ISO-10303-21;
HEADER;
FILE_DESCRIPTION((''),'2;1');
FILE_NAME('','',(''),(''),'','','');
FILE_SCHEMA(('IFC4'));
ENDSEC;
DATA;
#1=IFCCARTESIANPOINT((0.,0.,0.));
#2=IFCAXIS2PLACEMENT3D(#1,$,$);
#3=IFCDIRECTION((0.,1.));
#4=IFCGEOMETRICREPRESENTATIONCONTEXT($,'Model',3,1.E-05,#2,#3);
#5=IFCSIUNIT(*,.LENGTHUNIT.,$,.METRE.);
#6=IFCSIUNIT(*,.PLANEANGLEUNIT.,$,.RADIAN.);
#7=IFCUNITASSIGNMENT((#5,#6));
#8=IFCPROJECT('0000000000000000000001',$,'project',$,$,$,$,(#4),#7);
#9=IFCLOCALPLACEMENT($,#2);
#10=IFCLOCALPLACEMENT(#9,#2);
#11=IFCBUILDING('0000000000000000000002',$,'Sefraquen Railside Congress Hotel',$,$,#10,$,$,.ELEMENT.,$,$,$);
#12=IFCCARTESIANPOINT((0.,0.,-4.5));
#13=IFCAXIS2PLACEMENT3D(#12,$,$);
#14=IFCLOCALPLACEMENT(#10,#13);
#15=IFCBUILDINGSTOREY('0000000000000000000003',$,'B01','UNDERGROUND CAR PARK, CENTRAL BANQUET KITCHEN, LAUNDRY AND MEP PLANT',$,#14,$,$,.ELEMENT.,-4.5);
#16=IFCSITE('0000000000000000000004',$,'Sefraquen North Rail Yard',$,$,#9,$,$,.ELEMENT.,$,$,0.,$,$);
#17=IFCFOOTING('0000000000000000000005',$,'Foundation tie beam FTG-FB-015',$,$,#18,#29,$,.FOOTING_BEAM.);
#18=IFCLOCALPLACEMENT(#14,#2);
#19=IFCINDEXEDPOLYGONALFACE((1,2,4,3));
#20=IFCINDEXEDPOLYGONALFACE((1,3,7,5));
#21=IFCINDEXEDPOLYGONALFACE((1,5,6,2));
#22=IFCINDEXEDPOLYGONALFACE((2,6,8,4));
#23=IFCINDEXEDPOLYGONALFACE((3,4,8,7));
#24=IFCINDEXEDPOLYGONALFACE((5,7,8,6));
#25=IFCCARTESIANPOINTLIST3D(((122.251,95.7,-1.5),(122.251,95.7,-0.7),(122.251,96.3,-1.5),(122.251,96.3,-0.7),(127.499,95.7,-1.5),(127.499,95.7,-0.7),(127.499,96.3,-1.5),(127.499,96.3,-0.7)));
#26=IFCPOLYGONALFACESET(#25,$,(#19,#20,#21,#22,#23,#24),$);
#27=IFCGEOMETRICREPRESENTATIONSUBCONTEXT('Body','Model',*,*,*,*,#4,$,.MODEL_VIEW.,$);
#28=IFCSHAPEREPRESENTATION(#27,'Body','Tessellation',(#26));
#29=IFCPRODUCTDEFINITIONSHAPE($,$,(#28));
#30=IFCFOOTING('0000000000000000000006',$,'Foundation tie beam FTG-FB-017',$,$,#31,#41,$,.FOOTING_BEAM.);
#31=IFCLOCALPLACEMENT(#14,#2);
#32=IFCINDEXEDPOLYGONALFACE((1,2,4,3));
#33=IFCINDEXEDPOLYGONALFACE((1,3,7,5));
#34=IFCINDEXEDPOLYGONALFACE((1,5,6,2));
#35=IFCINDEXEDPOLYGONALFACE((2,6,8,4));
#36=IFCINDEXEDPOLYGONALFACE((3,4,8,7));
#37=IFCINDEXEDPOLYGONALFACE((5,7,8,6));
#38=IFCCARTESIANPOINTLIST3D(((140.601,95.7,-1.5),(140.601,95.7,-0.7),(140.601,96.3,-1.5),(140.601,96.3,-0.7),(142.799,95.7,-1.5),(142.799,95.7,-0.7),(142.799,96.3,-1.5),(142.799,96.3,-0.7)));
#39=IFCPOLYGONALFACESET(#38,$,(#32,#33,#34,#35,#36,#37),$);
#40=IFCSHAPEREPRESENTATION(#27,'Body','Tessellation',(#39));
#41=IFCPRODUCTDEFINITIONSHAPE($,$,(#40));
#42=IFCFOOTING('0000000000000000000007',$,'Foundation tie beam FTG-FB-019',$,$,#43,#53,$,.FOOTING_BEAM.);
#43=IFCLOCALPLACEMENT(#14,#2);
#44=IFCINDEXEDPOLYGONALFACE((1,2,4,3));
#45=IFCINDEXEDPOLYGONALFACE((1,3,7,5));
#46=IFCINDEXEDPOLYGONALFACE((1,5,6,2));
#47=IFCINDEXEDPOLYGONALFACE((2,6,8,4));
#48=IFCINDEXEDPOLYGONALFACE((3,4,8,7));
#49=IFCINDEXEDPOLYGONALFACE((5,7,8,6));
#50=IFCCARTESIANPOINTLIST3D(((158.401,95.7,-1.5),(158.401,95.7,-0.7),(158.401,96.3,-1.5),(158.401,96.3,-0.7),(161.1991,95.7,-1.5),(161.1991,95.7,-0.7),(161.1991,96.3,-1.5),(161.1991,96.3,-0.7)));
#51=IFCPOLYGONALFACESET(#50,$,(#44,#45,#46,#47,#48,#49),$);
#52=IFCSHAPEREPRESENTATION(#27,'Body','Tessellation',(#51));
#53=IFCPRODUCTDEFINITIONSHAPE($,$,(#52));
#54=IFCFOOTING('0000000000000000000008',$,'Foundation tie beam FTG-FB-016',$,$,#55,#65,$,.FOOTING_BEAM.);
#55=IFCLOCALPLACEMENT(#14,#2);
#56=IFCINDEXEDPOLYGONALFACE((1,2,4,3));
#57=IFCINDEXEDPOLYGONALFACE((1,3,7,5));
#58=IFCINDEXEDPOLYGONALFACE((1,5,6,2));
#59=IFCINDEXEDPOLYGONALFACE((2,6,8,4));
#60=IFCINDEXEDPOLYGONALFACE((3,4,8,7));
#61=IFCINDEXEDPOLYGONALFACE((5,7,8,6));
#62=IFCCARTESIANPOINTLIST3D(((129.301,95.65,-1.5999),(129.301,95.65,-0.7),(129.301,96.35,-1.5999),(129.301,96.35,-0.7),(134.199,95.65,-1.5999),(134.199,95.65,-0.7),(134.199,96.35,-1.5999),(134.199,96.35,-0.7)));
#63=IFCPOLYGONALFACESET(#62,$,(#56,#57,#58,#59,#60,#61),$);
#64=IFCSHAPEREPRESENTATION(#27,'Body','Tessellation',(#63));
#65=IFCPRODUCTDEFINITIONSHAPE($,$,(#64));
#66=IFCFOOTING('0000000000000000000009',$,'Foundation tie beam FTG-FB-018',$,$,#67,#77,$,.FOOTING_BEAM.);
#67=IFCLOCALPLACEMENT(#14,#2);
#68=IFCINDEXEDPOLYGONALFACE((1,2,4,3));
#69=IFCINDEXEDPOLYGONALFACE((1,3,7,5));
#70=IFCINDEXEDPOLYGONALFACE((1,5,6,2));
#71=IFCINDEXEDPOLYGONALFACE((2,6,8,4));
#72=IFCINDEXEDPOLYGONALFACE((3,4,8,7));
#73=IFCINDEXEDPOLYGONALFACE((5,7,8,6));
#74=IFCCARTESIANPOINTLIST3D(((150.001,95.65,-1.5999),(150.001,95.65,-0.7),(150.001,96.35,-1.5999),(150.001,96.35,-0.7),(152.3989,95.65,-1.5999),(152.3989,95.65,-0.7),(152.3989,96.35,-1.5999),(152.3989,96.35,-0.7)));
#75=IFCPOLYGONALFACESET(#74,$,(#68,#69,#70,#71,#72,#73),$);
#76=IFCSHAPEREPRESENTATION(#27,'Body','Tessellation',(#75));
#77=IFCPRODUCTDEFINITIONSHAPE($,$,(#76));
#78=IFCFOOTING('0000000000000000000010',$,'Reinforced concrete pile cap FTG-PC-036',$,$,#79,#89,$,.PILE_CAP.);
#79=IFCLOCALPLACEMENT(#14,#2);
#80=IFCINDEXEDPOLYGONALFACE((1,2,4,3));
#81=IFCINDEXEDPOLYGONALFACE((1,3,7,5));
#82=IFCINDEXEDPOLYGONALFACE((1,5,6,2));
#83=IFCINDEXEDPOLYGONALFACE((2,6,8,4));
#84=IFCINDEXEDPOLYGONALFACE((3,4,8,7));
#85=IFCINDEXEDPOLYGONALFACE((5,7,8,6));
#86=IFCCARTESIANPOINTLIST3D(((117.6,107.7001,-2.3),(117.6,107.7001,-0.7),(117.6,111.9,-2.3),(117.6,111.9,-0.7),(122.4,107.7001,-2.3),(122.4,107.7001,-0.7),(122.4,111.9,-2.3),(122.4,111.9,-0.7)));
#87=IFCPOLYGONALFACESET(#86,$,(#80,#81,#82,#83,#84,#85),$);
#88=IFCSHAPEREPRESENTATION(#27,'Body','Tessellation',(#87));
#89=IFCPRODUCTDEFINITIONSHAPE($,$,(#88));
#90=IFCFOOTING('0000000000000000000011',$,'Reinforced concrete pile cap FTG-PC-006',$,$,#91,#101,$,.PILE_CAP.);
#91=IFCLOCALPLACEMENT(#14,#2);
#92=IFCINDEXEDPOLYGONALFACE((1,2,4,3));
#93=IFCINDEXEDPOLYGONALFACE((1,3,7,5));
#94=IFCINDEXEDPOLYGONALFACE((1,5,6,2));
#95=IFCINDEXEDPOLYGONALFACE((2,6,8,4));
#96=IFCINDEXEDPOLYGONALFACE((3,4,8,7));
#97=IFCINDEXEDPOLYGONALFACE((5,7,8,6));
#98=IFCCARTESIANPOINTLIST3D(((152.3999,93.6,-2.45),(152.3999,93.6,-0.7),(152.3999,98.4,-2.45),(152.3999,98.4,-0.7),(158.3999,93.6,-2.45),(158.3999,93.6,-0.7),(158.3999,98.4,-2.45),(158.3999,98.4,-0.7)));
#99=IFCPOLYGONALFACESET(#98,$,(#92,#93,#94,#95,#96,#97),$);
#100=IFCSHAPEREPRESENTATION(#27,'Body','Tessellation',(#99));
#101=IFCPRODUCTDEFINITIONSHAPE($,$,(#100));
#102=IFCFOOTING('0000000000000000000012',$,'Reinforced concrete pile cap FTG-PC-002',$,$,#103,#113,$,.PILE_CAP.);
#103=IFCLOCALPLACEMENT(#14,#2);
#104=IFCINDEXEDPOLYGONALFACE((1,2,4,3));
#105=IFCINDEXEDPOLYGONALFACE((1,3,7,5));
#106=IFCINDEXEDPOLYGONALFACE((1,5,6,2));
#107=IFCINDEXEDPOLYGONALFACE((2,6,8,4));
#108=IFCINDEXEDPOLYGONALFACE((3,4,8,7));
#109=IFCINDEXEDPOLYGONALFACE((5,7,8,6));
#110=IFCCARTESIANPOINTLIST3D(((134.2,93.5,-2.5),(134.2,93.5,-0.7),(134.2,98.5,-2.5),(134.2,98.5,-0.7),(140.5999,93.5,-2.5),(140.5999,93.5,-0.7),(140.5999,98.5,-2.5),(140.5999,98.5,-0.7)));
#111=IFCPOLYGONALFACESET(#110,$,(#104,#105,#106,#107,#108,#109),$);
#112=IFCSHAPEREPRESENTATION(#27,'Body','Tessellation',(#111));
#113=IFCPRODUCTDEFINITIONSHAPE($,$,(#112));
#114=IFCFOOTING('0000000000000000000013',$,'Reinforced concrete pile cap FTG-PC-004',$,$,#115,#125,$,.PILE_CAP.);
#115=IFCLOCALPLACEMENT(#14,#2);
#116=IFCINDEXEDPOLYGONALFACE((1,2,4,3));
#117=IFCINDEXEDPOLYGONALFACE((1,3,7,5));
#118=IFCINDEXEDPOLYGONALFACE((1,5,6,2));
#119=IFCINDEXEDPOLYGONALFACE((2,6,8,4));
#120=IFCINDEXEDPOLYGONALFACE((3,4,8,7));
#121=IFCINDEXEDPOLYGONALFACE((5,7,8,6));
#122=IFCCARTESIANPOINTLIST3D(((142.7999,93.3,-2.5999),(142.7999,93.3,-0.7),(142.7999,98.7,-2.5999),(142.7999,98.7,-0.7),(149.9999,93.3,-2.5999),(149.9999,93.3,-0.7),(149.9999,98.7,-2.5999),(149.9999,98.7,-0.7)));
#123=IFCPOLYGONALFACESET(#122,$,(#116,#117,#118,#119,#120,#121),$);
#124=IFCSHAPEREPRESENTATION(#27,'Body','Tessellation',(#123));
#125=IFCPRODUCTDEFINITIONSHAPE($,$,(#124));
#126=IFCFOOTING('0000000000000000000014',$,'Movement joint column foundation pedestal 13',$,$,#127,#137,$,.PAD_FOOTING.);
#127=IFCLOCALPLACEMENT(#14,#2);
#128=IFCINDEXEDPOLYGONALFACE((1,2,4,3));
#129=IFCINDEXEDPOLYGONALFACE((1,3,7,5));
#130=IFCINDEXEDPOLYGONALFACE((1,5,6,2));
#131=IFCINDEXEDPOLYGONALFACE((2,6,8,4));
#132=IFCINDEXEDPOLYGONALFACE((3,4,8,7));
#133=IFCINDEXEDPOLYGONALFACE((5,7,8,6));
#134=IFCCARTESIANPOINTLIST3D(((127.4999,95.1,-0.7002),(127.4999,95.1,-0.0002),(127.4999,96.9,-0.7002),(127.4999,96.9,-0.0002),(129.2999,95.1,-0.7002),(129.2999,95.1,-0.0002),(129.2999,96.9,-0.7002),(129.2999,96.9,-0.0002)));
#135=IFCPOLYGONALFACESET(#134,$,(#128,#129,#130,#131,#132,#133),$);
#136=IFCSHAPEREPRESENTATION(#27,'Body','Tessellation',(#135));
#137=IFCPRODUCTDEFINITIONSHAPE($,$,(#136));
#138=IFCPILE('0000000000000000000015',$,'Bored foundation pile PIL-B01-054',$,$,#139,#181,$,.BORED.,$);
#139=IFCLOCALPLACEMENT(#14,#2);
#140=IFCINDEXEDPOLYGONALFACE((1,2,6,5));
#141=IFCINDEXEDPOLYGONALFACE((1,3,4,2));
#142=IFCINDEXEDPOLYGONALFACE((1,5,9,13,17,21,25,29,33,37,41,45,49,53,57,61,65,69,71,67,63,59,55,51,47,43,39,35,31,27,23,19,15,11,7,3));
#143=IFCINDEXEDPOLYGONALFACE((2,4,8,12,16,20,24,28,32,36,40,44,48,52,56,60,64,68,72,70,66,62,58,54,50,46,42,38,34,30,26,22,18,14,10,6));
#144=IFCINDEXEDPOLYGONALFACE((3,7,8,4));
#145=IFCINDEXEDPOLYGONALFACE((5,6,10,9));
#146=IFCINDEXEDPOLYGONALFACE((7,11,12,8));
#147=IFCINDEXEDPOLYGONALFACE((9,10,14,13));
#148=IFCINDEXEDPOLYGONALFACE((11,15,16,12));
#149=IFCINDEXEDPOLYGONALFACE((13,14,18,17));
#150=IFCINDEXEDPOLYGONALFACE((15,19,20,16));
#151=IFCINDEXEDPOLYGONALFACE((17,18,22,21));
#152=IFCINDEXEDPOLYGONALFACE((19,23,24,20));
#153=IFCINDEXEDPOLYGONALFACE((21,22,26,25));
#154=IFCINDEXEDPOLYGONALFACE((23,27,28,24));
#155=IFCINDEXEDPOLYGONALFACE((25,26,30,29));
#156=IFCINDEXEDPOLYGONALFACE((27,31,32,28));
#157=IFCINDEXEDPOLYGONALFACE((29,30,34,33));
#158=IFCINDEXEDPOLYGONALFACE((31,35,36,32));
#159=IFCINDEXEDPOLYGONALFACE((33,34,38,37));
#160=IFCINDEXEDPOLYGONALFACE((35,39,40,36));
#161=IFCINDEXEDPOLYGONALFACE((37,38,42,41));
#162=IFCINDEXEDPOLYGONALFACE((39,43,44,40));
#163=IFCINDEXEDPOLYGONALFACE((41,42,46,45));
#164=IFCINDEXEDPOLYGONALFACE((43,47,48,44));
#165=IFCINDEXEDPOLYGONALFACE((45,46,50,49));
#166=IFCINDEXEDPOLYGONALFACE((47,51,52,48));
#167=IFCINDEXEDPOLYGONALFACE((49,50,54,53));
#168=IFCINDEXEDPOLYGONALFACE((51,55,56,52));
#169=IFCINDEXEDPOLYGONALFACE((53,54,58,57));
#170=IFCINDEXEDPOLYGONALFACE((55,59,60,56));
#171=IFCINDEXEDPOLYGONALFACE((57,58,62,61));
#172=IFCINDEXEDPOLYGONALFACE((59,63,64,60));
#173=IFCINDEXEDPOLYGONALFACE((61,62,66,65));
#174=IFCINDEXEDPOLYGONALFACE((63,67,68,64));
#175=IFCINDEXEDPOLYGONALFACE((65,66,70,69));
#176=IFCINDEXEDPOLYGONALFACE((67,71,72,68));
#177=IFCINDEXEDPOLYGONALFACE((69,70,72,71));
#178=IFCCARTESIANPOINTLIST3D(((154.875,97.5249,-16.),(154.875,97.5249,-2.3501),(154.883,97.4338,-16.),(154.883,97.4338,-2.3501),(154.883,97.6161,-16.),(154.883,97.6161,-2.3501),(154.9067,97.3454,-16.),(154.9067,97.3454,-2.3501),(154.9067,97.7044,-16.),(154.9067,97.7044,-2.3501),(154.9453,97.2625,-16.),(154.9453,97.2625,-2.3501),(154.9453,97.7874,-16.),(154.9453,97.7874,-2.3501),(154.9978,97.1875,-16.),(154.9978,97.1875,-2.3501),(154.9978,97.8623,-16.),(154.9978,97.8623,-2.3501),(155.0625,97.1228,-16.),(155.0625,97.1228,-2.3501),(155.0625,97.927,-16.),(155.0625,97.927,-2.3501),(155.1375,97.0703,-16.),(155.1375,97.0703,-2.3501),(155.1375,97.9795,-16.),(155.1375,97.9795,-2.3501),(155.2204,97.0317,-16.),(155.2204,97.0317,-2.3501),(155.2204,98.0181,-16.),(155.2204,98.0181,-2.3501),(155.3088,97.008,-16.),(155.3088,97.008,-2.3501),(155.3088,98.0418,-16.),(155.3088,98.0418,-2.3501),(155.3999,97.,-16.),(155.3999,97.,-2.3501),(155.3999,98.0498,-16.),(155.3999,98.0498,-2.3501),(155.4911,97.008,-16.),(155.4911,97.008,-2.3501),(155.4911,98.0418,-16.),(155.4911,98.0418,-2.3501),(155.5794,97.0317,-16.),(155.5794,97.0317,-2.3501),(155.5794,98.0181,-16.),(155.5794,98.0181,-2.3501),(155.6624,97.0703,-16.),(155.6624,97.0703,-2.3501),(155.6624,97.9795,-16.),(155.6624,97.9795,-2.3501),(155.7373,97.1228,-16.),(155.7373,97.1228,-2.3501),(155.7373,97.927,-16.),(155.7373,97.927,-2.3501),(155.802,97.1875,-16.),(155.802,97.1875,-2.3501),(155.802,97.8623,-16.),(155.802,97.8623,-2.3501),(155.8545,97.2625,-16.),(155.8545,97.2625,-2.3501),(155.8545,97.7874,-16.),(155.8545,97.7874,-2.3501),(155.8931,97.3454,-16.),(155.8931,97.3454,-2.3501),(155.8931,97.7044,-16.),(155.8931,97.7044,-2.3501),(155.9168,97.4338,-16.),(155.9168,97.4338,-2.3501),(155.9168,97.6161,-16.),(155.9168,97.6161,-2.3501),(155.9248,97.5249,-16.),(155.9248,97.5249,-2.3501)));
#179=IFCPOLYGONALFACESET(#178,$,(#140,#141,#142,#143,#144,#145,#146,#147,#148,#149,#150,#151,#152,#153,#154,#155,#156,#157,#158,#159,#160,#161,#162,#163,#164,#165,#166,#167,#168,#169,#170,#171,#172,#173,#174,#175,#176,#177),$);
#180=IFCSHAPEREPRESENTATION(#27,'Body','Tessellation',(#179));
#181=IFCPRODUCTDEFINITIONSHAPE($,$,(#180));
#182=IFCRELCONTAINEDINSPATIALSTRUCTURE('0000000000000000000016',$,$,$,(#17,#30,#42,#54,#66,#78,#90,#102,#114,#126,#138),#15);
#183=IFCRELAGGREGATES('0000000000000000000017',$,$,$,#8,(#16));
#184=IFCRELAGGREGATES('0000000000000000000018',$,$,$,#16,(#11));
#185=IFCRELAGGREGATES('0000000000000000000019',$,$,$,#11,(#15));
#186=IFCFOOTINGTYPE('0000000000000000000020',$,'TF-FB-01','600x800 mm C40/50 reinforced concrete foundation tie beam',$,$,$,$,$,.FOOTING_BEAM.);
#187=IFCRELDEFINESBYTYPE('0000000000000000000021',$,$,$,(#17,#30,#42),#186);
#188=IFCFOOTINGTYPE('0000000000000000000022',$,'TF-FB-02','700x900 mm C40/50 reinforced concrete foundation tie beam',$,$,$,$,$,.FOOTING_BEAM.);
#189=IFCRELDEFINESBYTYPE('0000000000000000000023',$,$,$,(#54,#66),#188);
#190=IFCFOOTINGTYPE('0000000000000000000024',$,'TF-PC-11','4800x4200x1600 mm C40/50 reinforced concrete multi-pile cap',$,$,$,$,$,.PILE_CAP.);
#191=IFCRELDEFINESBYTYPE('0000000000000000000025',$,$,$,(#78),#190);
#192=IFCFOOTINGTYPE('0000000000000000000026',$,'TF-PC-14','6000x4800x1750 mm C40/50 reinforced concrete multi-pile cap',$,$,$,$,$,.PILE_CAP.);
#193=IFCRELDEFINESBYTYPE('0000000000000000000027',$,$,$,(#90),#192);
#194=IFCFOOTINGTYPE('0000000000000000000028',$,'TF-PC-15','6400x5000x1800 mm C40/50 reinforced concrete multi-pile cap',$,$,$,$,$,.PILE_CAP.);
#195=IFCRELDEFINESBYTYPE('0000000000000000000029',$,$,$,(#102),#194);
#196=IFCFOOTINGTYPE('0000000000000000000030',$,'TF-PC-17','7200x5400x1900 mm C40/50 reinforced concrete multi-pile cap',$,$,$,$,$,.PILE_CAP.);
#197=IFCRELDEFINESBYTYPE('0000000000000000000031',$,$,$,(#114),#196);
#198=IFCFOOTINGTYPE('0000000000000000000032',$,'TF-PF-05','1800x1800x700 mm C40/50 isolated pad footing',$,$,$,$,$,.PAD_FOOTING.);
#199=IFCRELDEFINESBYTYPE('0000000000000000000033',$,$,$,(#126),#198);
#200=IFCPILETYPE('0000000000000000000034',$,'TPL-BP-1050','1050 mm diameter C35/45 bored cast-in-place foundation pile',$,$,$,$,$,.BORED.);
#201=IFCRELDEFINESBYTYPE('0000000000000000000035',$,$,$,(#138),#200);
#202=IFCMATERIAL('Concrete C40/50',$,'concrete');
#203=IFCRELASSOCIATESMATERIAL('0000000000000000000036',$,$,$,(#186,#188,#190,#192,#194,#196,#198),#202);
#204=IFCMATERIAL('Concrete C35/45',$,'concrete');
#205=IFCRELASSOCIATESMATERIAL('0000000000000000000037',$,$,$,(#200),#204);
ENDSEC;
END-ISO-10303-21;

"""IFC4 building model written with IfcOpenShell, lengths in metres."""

from ifc_helpers import new_model, si_unit, direction, frame, origin, origin_2d, place, context, subcontext, project, spatial, rectangle, circle, extrude, material, material_profile, profile_set, type_object, element, save


model = new_model("IFC4")

# Units and contexts
model_context = context("Model", 3, precision=1e-05, world=origin(), true_north=direction((0.0, 1.0)))
body_context = subcontext(model_context, "Body", "Model", "MODEL_VIEW")
ifc_project = project(units=[si_unit("LENGTHUNIT", "METRE"), si_unit("PLANEANGLEUNIT", "RADIAN")], contexts=[model_context])

# Site, building, storey
site_placement = place(None, origin())
site = spatial("IfcSite", under=ifc_project, at=site_placement, Name="Sefraquen North Rail Yard", CompositionType="ELEMENT", RefElevation=0.0)
building_placement = place(site_placement, origin())
building = spatial("IfcBuilding", under=site, at=building_placement, Name="Sefraquen Railside Congress Hotel", CompositionType="ELEMENT")
storey_placement = place(building_placement, frame((0.0, 0.0, -4.5)))
storey = spatial("IfcBuildingStorey", under=building, at=storey_placement, Name="B01", Description="UNDERGROUND CAR PARK, CENTRAL BANQUET KITCHEN, LAUNDRY AND MEP PLANT", CompositionType="ELEMENT", Elevation=-4.5)

# Footings
ifc_material_1 = material(Name="Concrete C40/50", Category="concrete")
footing_type_1 = type_object("IfcFootingType", Name="TF-FB-01", Description="600x800 mm C40/50 reinforced concrete foundation tie beam", PredefinedType="FOOTING_BEAM", material=ifc_material_1)
footing_1_placement = place(storey_placement, frame((124.875, 96.0, -1.5), z_axis=(0.0, 0.0, 1.0), x_axis=(1.0, 0.0, 0.0)))
element("IfcFooting", 1, at=footing_1_placement, inside=storey, type_object=footing_type_1, Name="Foundation tie beam FTG-FB-015", PredefinedType="FOOTING_BEAM", context=body_context, shape_type="SweptSolid", body=[
    extrude(rectangle(XDim=5.248, YDim=0.6001, at=origin_2d()), origin(), (0.0, 0.0, 1.0), 0.8),
])
footing_2_placement = place(storey_placement, frame((141.7, 96.0, -1.5), z_axis=(0.0, 0.0, 1.0), x_axis=(1.0, 0.0, 0.0)))
element("IfcFooting", 2, at=footing_2_placement, inside=storey, type_object=footing_type_1, Name="Foundation tie beam FTG-FB-017", PredefinedType="FOOTING_BEAM", context=body_context, shape_type="SweptSolid", body=[
    extrude(rectangle(XDim=2.198, YDim=0.6001, at=origin_2d()), origin(), (0.0, 0.0, 1.0), 0.8),
])
footing_3_placement = place(storey_placement, frame((159.8, 96.0, -1.5), z_axis=(0.0, 0.0, 1.0), x_axis=(1.0, 0.0, 0.0)))
element("IfcFooting", 3, at=footing_3_placement, inside=storey, type_object=footing_type_1, Name="Foundation tie beam FTG-FB-019", PredefinedType="FOOTING_BEAM", context=body_context, shape_type="SweptSolid", body=[
    extrude(rectangle(XDim=2.7981, YDim=0.6001, at=origin_2d()), origin(), (0.0, 0.0, 1.0), 0.8),
])
footing_type_2 = type_object("IfcFootingType", Name="TF-FB-02", Description="700x900 mm C40/50 reinforced concrete foundation tie beam", PredefinedType="FOOTING_BEAM", material=ifc_material_1)
footing_4_placement = place(storey_placement, frame((131.75, 96.0, -1.5999), z_axis=(0.0, 0.0, 1.0), x_axis=(1.0, 0.0, 0.0)))
element("IfcFooting", 4, at=footing_4_placement, inside=storey, type_object=footing_type_2, Name="Foundation tie beam FTG-FB-016", PredefinedType="FOOTING_BEAM", context=body_context, shape_type="SweptSolid", body=[
    extrude(rectangle(XDim=4.8979, YDim=0.7, at=origin_2d()), origin(), (0.0, 0.0, 1.0), 0.8999),
])
footing_5_placement = place(storey_placement, frame((151.2, 96.0, -1.5999), z_axis=(0.0, 0.0, 1.0), x_axis=(1.0, 0.0, 0.0)))
element("IfcFooting", 5, at=footing_5_placement, inside=storey, type_object=footing_type_2, Name="Foundation tie beam FTG-FB-018", PredefinedType="FOOTING_BEAM", context=body_context, shape_type="SweptSolid", body=[
    extrude(rectangle(XDim=2.3979, YDim=0.7, at=origin_2d()), origin(), (0.0, 0.0, 1.0), 0.8999),
])
footing_type_3 = type_object("IfcFootingType", Name="TF-PC-11", Description="4800x4200x1600 mm C40/50 reinforced concrete multi-pile cap", PredefinedType="PILE_CAP", material=ifc_material_1)
footing_6_placement = place(storey_placement, frame((120.0, 109.8, -2.3), z_axis=(0.0, 0.0, 1.0), x_axis=(1.0, 0.0, 0.0)))
element("IfcFooting", 6, at=footing_6_placement, inside=storey, type_object=footing_type_3, Name="Reinforced concrete pile cap FTG-PC-036", PredefinedType="PILE_CAP", context=body_context, shape_type="SweptSolid", body=[
    extrude(rectangle(XDim=4.8, YDim=4.2, at=origin_2d()), origin(), (0.0, 0.0, 1.0), 1.6001),
])
footing_type_4 = type_object("IfcFootingType", Name="TF-PC-14", Description="6000x4800x1750 mm C40/50 reinforced concrete multi-pile cap", PredefinedType="PILE_CAP", material=ifc_material_1)
footing_7_placement = place(storey_placement, frame((155.3999, 96.0, -2.45), z_axis=(0.0, 0.0, 1.0), x_axis=(1.0, 0.0, 0.0)))
element("IfcFooting", 7, at=footing_7_placement, inside=storey, type_object=footing_type_4, Name="Reinforced concrete pile cap FTG-PC-006", PredefinedType="PILE_CAP", context=body_context, shape_type="SweptSolid", body=[
    extrude(rectangle(XDim=6.0, YDim=4.8, at=origin_2d()), origin(), (0.0, 0.0, 1.0), 1.75),
])
footing_type_5 = type_object("IfcFootingType", Name="TF-PC-15", Description="6400x5000x1800 mm C40/50 reinforced concrete multi-pile cap", PredefinedType="PILE_CAP", material=ifc_material_1)
footing_8_placement = place(storey_placement, frame((137.3999, 96.0, -2.5), z_axis=(0.0, 0.0, 1.0), x_axis=(1.0, 0.0, 0.0)))
element("IfcFooting", 8, at=footing_8_placement, inside=storey, type_object=footing_type_5, Name="Reinforced concrete pile cap FTG-PC-002", PredefinedType="PILE_CAP", context=body_context, shape_type="SweptSolid", body=[
    extrude(rectangle(XDim=6.3999, YDim=5.0, at=origin_2d()), origin(), (0.0, 0.0, 1.0), 1.8),
])
footing_type_6 = type_object("IfcFootingType", Name="TF-PC-17", Description="7200x5400x1900 mm C40/50 reinforced concrete multi-pile cap", PredefinedType="PILE_CAP", material=ifc_material_1)
footing_9_placement = place(storey_placement, frame((146.3999, 96.0, -2.5999), z_axis=(0.0, 0.0, 1.0), x_axis=(1.0, 0.0, 0.0)))
element("IfcFooting", 9, at=footing_9_placement, inside=storey, type_object=footing_type_6, Name="Reinforced concrete pile cap FTG-PC-004", PredefinedType="PILE_CAP", context=body_context, shape_type="SweptSolid", body=[
    extrude(rectangle(XDim=7.2, YDim=5.3999, at=origin_2d()), origin(), (0.0, 0.0, 1.0), 1.8999),
])
footing_type_7 = type_object("IfcFootingType", Name="TF-PF-05", Description="1800x1800x700 mm C40/50 isolated pad footing", PredefinedType="PAD_FOOTING", material=ifc_material_1)
footing_10_placement = place(storey_placement, frame((128.3999, 96.0, -0.7002), z_axis=(0.0, 0.0, 1.0), x_axis=(1.0, 0.0, 0.0)))
element("IfcFooting", 10, at=footing_10_placement, inside=storey, type_object=footing_type_7, Name="Movement joint column foundation pedestal 13", PredefinedType="PAD_FOOTING", context=body_context, shape_type="SweptSolid", body=[
    extrude(rectangle(XDim=1.8, YDim=1.8, at=origin_2d()), origin(), (0.0, 0.0, 1.0), 0.7),
])

# Pile
ifc_material_2 = material(Name="Concrete C35/45", Category="concrete")
ifc_material_profile_1 = material_profile(ifc_material_2, circle(Radius=0.5249, at=origin_2d()), Name="BORED PILE 1050")
ifc_profile_set_1 = profile_set([ifc_material_profile_1], Name="Concrete C35/45")
pile_type_1 = type_object("IfcPileType", Name="TPL-BP-1050", Description="1050 mm diameter C35/45 bored cast-in-place foundation pile", PredefinedType="BORED", material=ifc_profile_set_1)
pile_1_placement = place(storey_placement, frame((155.3999, 97.5249, -2.3501), z_axis=(0.0, 0.0, -1.0), x_axis=(1.0, 0.0, 0.0)))
element("IfcPile", 11, at=pile_1_placement, inside=storey, type_object=pile_type_1, Name="Bored foundation pile PIL-B01-054", PredefinedType="BORED", context=body_context, shape_type="SweptSolid", body=[
    extrude(circle(Radius=0.5249, at=origin_2d()), origin(), (0.0, 0.0, 1.0), 13.6499),
])

save(model, "model.ifc")
